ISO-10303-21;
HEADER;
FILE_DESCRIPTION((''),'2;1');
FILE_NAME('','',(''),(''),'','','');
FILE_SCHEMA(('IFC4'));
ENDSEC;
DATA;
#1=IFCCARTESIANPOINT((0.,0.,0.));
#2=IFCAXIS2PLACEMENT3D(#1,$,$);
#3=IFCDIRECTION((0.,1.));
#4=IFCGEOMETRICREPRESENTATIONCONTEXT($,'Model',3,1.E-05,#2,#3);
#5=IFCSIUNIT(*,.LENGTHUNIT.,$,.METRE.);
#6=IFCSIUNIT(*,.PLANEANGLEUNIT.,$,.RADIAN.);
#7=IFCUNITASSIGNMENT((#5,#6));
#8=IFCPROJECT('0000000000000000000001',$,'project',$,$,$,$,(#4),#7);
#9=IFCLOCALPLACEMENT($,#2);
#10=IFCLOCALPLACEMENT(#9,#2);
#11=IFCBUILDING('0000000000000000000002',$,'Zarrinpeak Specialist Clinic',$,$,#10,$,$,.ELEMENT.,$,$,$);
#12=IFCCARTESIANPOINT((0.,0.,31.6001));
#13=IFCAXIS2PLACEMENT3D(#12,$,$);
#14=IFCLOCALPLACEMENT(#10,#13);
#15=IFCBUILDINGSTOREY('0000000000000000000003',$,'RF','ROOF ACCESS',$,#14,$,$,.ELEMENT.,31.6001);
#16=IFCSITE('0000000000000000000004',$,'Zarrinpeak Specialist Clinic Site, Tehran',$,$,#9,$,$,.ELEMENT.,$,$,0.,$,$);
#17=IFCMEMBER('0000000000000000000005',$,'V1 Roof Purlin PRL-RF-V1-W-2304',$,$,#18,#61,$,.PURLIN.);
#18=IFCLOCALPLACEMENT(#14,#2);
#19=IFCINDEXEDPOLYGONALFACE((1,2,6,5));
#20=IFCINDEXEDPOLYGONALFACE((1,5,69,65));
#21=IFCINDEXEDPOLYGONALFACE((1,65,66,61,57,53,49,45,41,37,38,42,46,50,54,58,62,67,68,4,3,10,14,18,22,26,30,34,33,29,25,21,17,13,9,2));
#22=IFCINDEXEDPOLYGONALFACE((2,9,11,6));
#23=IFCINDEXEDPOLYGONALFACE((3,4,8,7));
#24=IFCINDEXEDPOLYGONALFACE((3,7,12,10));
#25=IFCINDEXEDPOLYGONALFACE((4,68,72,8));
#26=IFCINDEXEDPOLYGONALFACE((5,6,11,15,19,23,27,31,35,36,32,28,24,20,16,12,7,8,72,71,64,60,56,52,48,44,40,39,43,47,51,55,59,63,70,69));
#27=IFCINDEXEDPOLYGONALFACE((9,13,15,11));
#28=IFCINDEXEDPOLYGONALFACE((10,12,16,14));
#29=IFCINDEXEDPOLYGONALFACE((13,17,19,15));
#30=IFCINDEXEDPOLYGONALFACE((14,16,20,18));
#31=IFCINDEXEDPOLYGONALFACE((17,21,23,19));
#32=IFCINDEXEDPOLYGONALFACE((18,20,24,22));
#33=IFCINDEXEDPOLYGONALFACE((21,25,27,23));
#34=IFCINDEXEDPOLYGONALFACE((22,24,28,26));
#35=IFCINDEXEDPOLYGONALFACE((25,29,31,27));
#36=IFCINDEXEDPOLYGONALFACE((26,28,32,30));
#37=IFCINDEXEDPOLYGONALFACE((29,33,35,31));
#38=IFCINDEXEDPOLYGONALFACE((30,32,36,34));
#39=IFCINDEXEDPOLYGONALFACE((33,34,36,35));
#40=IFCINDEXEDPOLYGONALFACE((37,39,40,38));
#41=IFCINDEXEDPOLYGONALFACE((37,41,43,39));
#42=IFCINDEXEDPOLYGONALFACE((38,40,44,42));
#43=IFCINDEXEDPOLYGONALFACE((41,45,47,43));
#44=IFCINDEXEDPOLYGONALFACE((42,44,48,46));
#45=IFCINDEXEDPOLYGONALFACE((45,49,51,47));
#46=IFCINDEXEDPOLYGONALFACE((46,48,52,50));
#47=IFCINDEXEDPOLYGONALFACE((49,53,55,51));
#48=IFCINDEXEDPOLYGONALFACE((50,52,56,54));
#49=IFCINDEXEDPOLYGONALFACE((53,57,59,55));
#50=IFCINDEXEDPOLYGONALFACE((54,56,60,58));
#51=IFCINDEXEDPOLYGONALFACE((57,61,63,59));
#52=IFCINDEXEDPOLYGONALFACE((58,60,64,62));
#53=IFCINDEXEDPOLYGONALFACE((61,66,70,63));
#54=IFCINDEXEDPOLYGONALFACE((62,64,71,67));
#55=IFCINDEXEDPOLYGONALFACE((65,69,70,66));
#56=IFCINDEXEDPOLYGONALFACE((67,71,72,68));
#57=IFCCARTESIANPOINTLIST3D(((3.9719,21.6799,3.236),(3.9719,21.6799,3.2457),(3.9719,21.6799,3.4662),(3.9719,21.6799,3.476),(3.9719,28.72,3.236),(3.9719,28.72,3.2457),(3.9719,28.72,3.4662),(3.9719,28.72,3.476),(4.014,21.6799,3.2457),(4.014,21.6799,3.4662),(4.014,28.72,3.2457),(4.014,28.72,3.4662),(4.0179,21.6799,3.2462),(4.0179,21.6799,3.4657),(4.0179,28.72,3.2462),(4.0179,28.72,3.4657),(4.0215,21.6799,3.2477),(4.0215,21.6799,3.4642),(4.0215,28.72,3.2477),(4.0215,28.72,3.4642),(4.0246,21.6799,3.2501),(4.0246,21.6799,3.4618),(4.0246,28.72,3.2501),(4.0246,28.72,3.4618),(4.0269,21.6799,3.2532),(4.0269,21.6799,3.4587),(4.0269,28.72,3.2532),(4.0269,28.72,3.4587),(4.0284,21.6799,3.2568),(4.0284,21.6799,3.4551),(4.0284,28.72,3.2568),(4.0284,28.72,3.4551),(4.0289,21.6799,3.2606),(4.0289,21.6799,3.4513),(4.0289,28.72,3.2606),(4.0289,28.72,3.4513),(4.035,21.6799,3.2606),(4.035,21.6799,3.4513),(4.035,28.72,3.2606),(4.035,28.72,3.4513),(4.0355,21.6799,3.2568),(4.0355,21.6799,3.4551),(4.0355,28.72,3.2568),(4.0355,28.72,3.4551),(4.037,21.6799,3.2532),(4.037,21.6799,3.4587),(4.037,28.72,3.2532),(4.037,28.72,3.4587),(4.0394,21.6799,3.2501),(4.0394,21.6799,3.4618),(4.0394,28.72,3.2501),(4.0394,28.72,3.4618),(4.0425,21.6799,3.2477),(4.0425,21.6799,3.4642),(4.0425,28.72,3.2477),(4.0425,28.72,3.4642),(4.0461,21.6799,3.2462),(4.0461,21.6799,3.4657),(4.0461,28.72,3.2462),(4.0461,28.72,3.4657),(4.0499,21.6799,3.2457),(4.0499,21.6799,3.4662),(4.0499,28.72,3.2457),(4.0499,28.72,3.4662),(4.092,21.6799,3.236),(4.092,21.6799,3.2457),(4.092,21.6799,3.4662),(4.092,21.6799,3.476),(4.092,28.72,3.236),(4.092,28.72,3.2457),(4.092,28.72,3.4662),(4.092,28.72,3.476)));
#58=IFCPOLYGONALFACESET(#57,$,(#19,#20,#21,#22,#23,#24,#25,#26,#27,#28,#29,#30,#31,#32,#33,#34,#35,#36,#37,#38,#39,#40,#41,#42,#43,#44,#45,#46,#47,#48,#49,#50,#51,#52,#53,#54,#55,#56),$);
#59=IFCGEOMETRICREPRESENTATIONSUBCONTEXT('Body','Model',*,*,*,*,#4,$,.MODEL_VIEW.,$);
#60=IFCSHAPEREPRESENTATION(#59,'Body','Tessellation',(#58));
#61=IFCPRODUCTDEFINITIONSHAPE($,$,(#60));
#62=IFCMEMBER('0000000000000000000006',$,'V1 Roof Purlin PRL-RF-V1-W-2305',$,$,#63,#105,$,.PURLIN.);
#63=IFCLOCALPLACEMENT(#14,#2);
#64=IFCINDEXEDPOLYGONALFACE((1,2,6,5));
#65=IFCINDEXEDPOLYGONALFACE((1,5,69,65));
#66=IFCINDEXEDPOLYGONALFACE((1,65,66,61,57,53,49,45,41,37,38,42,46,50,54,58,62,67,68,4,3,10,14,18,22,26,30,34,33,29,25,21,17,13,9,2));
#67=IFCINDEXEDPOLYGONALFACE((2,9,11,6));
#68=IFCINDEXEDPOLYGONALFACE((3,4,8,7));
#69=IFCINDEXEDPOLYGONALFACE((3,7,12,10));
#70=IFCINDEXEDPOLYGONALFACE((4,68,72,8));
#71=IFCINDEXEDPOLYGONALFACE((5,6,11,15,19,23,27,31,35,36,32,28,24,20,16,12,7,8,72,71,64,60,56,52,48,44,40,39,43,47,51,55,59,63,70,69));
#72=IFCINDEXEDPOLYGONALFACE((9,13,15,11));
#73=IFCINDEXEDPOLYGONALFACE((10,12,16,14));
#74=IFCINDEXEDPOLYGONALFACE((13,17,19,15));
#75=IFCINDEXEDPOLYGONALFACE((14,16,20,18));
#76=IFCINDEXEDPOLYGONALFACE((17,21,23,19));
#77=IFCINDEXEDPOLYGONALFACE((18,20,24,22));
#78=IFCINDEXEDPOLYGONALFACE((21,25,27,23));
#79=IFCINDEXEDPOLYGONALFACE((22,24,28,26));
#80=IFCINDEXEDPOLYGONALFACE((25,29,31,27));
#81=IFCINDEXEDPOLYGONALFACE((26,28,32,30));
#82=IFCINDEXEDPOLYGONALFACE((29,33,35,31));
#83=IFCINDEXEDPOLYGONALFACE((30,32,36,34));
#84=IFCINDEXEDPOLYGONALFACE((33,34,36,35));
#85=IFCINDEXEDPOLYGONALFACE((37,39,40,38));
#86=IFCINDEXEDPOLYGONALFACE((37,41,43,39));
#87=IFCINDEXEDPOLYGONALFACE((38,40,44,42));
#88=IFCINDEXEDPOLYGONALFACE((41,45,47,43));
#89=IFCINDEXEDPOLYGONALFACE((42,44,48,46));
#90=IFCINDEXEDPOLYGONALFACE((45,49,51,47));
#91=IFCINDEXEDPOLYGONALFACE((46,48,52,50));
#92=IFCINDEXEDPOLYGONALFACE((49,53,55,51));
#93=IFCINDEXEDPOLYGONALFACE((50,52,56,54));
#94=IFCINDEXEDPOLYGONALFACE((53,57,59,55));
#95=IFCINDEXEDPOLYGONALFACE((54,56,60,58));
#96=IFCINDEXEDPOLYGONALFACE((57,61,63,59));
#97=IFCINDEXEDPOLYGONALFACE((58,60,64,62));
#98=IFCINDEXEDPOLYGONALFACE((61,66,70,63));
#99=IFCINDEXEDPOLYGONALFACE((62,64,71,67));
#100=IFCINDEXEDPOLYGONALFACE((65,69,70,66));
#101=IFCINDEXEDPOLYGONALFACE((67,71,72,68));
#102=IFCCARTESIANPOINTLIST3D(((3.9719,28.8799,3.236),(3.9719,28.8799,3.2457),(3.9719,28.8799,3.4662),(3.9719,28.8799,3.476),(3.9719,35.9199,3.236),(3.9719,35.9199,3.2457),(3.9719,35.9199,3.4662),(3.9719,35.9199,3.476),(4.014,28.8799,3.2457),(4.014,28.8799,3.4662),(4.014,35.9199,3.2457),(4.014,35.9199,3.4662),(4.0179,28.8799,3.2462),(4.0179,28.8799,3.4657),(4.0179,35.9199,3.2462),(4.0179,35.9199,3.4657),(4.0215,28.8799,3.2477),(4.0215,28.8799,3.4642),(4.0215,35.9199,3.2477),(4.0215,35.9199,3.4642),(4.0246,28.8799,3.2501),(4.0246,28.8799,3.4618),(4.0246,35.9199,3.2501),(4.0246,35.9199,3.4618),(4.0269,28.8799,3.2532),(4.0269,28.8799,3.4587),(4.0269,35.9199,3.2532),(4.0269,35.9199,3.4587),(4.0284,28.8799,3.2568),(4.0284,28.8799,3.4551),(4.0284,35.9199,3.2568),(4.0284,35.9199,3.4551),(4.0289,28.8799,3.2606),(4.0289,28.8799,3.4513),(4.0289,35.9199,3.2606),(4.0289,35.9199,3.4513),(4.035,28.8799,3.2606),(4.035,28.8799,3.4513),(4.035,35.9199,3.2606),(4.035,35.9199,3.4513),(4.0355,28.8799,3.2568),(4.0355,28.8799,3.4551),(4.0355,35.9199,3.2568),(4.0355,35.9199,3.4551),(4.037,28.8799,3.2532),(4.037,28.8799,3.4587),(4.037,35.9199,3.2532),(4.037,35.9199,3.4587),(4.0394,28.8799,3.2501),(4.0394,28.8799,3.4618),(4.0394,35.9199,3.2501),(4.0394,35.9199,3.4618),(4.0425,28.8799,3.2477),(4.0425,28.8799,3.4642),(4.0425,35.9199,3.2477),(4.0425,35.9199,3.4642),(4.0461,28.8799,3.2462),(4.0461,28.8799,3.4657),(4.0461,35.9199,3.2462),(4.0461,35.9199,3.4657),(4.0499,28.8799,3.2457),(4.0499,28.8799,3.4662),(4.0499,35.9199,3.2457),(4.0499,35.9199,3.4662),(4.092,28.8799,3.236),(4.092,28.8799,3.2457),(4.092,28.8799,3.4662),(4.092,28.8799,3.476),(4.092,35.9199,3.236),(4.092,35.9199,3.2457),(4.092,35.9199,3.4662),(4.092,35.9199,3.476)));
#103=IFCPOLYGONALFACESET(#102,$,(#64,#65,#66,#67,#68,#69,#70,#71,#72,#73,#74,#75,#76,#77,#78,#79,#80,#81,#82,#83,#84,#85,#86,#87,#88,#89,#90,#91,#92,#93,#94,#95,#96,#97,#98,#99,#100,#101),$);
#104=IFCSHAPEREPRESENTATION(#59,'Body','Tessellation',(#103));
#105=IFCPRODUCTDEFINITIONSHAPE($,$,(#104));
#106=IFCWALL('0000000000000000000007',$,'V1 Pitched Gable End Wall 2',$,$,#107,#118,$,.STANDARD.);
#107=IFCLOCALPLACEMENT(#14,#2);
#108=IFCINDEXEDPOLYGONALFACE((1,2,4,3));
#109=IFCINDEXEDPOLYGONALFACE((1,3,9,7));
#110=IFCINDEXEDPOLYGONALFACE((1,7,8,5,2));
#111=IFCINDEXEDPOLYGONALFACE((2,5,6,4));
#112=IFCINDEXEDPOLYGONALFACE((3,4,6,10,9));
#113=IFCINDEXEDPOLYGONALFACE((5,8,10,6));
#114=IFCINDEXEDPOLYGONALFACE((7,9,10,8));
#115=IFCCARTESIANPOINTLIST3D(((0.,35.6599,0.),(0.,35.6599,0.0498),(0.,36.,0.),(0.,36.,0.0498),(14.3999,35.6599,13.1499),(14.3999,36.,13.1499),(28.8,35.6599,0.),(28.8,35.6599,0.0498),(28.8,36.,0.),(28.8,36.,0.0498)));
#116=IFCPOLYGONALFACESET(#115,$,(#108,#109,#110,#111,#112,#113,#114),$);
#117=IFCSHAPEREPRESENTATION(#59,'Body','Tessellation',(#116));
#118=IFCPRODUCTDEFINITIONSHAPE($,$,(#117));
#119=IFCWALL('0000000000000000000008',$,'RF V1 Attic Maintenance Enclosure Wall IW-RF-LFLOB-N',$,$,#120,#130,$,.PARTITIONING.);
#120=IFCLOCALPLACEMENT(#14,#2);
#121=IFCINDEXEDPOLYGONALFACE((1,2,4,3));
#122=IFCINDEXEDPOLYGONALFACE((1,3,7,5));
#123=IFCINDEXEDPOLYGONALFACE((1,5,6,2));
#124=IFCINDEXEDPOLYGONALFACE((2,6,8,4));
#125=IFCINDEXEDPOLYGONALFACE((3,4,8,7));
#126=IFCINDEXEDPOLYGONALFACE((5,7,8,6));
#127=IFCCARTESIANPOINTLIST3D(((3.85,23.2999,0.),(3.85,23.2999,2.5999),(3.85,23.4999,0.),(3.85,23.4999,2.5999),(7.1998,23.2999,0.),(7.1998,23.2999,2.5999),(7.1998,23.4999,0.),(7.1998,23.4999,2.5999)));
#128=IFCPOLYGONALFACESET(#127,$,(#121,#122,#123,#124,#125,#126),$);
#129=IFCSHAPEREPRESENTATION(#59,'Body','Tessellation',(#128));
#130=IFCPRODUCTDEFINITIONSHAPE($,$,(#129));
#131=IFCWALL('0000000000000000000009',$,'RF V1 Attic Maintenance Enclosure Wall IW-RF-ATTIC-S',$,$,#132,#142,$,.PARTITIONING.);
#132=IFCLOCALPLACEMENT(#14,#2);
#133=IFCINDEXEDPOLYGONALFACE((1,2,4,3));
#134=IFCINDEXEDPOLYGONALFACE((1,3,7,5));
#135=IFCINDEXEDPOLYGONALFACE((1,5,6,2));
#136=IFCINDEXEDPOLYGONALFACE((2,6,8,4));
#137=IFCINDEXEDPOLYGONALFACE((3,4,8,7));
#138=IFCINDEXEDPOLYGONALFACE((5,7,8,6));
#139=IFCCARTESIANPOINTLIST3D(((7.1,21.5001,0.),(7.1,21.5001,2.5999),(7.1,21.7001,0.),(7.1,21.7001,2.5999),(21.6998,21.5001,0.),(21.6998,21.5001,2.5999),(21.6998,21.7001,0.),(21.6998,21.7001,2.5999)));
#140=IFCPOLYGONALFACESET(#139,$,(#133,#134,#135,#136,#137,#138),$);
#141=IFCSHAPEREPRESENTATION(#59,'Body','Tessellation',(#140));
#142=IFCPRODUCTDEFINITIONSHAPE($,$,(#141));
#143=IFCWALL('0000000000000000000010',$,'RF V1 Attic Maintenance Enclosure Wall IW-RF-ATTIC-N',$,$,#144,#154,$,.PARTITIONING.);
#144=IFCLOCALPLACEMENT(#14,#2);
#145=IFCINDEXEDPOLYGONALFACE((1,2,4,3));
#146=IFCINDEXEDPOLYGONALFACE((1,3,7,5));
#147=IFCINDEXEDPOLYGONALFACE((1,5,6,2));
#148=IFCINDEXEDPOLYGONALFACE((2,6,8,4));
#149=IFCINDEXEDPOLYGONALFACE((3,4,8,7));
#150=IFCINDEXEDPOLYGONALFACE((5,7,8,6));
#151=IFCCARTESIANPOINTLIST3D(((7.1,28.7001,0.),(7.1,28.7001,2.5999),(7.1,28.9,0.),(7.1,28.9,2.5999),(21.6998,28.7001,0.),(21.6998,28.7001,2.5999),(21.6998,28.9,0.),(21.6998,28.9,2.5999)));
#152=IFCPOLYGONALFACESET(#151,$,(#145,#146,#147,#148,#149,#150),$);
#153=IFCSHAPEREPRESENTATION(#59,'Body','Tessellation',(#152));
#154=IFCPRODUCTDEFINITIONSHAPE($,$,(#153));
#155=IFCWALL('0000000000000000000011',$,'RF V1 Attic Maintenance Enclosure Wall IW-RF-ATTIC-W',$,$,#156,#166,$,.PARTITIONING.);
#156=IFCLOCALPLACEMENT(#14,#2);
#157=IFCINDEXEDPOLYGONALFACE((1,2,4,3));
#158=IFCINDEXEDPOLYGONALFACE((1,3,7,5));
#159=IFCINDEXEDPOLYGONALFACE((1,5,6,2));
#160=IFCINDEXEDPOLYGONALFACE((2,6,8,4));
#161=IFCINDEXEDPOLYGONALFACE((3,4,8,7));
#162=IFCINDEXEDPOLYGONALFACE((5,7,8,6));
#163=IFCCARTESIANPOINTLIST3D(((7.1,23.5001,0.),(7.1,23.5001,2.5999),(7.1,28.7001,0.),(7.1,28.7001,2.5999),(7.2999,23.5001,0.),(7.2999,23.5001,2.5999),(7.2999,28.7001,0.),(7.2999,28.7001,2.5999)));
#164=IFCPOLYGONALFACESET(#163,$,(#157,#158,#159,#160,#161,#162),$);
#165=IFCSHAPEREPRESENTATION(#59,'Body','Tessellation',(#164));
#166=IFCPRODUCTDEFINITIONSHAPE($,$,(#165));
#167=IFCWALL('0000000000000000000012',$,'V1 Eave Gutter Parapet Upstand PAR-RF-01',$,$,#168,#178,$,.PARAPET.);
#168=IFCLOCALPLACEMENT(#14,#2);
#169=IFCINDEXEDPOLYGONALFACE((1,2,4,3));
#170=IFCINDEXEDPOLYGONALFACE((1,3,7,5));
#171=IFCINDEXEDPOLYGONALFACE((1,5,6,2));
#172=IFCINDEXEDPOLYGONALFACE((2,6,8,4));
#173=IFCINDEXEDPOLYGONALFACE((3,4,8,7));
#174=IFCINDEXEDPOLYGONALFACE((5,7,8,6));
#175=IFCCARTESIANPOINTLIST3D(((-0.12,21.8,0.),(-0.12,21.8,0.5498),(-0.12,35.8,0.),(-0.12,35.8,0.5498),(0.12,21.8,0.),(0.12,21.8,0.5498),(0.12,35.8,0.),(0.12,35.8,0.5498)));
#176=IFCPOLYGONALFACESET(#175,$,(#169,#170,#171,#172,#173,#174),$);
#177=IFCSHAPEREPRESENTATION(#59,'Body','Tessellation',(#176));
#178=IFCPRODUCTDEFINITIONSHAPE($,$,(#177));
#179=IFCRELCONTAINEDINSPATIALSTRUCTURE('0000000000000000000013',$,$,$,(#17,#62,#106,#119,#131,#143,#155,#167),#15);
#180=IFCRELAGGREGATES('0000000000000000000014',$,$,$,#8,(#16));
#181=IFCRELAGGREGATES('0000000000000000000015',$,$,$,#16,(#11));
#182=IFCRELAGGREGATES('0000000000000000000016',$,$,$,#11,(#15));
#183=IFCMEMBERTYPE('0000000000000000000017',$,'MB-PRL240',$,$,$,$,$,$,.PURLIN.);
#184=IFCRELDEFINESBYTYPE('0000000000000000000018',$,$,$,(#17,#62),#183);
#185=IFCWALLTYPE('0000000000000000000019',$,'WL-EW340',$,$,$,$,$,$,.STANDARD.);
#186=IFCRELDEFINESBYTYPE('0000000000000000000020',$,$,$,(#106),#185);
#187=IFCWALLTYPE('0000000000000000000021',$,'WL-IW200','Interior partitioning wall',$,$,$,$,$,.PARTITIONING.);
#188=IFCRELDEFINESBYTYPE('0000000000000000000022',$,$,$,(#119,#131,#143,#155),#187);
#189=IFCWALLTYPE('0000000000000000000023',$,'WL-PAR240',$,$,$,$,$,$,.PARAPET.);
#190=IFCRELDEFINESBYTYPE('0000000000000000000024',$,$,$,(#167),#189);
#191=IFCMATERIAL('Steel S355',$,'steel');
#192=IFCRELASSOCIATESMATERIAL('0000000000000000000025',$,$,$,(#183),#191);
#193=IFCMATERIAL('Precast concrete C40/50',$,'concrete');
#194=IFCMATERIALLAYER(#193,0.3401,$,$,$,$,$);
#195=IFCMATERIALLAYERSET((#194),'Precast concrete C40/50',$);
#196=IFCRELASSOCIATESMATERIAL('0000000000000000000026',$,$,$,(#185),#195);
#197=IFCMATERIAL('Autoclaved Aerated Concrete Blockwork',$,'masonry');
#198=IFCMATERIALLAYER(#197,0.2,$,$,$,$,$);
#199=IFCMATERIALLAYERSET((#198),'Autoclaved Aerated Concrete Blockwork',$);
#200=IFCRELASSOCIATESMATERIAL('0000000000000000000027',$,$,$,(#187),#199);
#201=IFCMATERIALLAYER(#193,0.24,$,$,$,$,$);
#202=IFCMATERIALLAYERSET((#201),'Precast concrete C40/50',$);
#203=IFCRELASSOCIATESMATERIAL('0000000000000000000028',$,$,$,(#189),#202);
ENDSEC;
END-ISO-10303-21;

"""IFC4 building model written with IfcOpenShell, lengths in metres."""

from ifc_helpers import new_model, si_unit, direction, frame, frame_2d, origin, origin_2d, place, context, subcontext, project, spatial, polyline, rectangle, i_section, outline, extrude, material, layer, layer_set, material_profile, profile_set, type_object, element, save


model = new_model("IFC4")

# Units and contexts
model_context = context("Model", 3, precision=1e-05, world=origin(), true_north=direction((0.0, 1.0)))
body_context = subcontext(model_context, "Body", "Model", "MODEL_VIEW")
ifc_project = project(units=[si_unit("LENGTHUNIT", "METRE"), si_unit("PLANEANGLEUNIT", "RADIAN")], contexts=[model_context])

# Site, building, storey
site_placement = place(None, origin())
site = spatial("IfcSite", under=ifc_project, at=site_placement, Name="Zarrinpeak Specialist Clinic Site, Tehran", CompositionType="ELEMENT", RefElevation=0.0)
building_placement = place(site_placement, origin())
building = spatial("IfcBuilding", under=site, at=building_placement, Name="Zarrinpeak Specialist Clinic", CompositionType="ELEMENT")
storey_placement = place(building_placement, frame((0.0, 0.0, 31.6001)))
storey = spatial("IfcBuildingStorey", under=building, at=storey_placement, Name="RF", Description="ROOF ACCESS", CompositionType="ELEMENT", Elevation=31.6001)

# Shared definitions
ifc_material_1 = material(Name="Steel S355", Category="steel")

# Members
ifc_material_profile_1 = material_profile(ifc_material_1, i_section(OverallWidth=0.1201, OverallDepth=0.24, WebThickness=0.0061, FlangeThickness=0.0098, FilletRadius=0.0149, at=origin_2d()), Name="IPE 240")
ifc_profile_set_1 = profile_set([ifc_material_profile_1], Name="Steel S355")
member_type_1 = type_object("IfcMemberType", Name="MB-PRL240", PredefinedType="PURLIN", material=ifc_profile_set_1)
for number, where, z_axis, x_axis, name in (
    (1, (4.032, 21.6799, 3.356), (0.0, 1.0, 0.0), (-1.0, 0.0, 0.0), "V1 Roof Purlin PRL-RF-V1-W-2304"),
    (2, (4.032, 28.8799, 3.356), (0.0, 1.0, 0.0), (-1.0, 0.0, 0.0), "V1 Roof Purlin PRL-RF-V1-W-2305"),
):
    element("IfcMember", number, at=place(storey_placement, frame(where, z_axis=z_axis, x_axis=x_axis)), inside=storey, type_object=member_type_1, Name=name, PredefinedType="PURLIN", context=body_context, shape_type="SweptSolid", body=[
        extrude(i_section(OverallWidth=0.1201, OverallDepth=0.24, WebThickness=0.0061, FlangeThickness=0.0098, FilletRadius=0.0149, at=origin_2d()), origin(), (0.0, 0.0, 1.0), 7.04),
    ])

# Walls
ifc_material_2 = material(Name="Precast concrete C40/50", Category="concrete")
ifc_layer_1 = layer(ifc_material_2, 0.3401)
ifc_layer_set_1 = layer_set([ifc_layer_1], Name="Precast concrete C40/50")
wall_type_1 = type_object("IfcWallType", Name="WL-EW340", PredefinedType="STANDARD", material=ifc_layer_set_1)
wall_1_placement = place(storey_placement, frame((0.0, 35.8301, 0.0), z_axis=(0.0, 0.0, 1.0), x_axis=(1.0, 0.0, 0.0)))
element("IfcWall", 3, at=wall_1_placement, inside=storey, type_object=wall_type_1, Name="V1 Pitched Gable End Wall 2", PredefinedType="STANDARD", context=body_context, shape_type="SweptSolid", body=[
    extrude(outline(polyline([(0.0, 0.0), (28.8, 0.0), (28.8, 0.0498), (14.3999, 13.1499), (0.0, 0.0498), (0.0, 0.0)])), frame((0.0, 0.1699, 0.0), z_axis=(0.0, -1.0, 0.0), x_axis=(1.0, 0.0, 0.0)), (0.0, 0.0, 1.0), 0.3401),
])
ifc_material_3 = material(Name="Autoclaved Aerated Concrete Blockwork", Category="masonry")
ifc_layer_2 = layer(ifc_material_3, 0.2)
ifc_layer_set_2 = layer_set([ifc_layer_2], Name="Autoclaved Aerated Concrete Blockwork")
wall_type_2 = type_object("IfcWallType", Name="WL-IW200", Description="Interior partitioning wall", PredefinedType="PARTITIONING", material=ifc_layer_set_2)
wall_2_placement = place(storey_placement, frame((3.8501, 23.3999, 0.0), z_axis=(0.0, 0.0, 1.0), x_axis=(1.0, 0.0, 0.0)))
element("IfcWall", 4, at=wall_2_placement, inside=storey, type_object=wall_type_2, Name="RF V1 Attic Maintenance Enclosure Wall IW-RF-LFLOB-N", PredefinedType="PARTITIONING", context=body_context, shape_type="SweptSolid", body=[
    extrude(rectangle(XDim=3.3499, YDim=0.2, at=frame_2d((1.6748, 0.0))), origin(), (0.0, 0.0, 1.0), 2.5999),
])
for number, where, z_axis, x_axis, name in (
    (5, (7.1001, 21.6001, 0.0), (0.0, 0.0, 1.0), (1.0, 0.0, 0.0), "RF V1 Attic Maintenance Enclosure Wall IW-RF-ATTIC-S"),
    (6, (7.1001, 28.8, 0.0), (0.0, 0.0, 1.0), (1.0, 0.0, 0.0), "RF V1 Attic Maintenance Enclosure Wall IW-RF-ATTIC-N"),
):
    element("IfcWall", number, at=place(storey_placement, frame(where, z_axis=z_axis, x_axis=x_axis)), inside=storey, type_object=wall_type_2, Name=name, PredefinedType="PARTITIONING", context=body_context, shape_type="SweptSolid", body=[
        extrude(rectangle(XDim=14.5999, YDim=0.2, at=frame_2d((7.2998, 0.0))), origin(), (0.0, 0.0, 1.0), 2.5999),
    ])
wall_3_placement = place(storey_placement, frame((7.2, 23.5, 0.0), z_axis=(0.0, 0.0, 1.0), x_axis=(0.0, 1.0, 0.0)))
element("IfcWall", 7, at=wall_3_placement, inside=storey, type_object=wall_type_2, Name="RF V1 Attic Maintenance Enclosure Wall IW-RF-ATTIC-W", PredefinedType="PARTITIONING", context=body_context, shape_type="SweptSolid", body=[
    extrude(rectangle(XDim=5.2, YDim=0.2, at=frame_2d((2.6001, 0.0))), origin(), (0.0, 0.0, 1.0), 2.5999),
])

# Wall
ifc_layer_3 = layer(ifc_material_2, 0.24)
ifc_layer_set_3 = layer_set([ifc_layer_3], Name="Precast concrete C40/50")
wall_type_3 = type_object("IfcWallType", Name="WL-PAR240", PredefinedType="PARAPET", material=ifc_layer_set_3)
wall_4_placement = place(storey_placement, frame((0.0, 21.8, 0.0), z_axis=(0.0, 0.0, 1.0), x_axis=(0.0, 1.0, 0.0)))
element("IfcWall", 8, at=wall_4_placement, inside=storey, type_object=wall_type_3, Name="V1 Eave Gutter Parapet Upstand PAR-RF-01", PredefinedType="PARAPET", context=body_context, shape_type="SweptSolid", body=[
    extrude(rectangle(XDim=14.0, YDim=0.24, at=frame_2d((7.0, 0.0))), origin(), (0.0, 0.0, 1.0), 0.5498),
])

save(model, "model.ifc")
